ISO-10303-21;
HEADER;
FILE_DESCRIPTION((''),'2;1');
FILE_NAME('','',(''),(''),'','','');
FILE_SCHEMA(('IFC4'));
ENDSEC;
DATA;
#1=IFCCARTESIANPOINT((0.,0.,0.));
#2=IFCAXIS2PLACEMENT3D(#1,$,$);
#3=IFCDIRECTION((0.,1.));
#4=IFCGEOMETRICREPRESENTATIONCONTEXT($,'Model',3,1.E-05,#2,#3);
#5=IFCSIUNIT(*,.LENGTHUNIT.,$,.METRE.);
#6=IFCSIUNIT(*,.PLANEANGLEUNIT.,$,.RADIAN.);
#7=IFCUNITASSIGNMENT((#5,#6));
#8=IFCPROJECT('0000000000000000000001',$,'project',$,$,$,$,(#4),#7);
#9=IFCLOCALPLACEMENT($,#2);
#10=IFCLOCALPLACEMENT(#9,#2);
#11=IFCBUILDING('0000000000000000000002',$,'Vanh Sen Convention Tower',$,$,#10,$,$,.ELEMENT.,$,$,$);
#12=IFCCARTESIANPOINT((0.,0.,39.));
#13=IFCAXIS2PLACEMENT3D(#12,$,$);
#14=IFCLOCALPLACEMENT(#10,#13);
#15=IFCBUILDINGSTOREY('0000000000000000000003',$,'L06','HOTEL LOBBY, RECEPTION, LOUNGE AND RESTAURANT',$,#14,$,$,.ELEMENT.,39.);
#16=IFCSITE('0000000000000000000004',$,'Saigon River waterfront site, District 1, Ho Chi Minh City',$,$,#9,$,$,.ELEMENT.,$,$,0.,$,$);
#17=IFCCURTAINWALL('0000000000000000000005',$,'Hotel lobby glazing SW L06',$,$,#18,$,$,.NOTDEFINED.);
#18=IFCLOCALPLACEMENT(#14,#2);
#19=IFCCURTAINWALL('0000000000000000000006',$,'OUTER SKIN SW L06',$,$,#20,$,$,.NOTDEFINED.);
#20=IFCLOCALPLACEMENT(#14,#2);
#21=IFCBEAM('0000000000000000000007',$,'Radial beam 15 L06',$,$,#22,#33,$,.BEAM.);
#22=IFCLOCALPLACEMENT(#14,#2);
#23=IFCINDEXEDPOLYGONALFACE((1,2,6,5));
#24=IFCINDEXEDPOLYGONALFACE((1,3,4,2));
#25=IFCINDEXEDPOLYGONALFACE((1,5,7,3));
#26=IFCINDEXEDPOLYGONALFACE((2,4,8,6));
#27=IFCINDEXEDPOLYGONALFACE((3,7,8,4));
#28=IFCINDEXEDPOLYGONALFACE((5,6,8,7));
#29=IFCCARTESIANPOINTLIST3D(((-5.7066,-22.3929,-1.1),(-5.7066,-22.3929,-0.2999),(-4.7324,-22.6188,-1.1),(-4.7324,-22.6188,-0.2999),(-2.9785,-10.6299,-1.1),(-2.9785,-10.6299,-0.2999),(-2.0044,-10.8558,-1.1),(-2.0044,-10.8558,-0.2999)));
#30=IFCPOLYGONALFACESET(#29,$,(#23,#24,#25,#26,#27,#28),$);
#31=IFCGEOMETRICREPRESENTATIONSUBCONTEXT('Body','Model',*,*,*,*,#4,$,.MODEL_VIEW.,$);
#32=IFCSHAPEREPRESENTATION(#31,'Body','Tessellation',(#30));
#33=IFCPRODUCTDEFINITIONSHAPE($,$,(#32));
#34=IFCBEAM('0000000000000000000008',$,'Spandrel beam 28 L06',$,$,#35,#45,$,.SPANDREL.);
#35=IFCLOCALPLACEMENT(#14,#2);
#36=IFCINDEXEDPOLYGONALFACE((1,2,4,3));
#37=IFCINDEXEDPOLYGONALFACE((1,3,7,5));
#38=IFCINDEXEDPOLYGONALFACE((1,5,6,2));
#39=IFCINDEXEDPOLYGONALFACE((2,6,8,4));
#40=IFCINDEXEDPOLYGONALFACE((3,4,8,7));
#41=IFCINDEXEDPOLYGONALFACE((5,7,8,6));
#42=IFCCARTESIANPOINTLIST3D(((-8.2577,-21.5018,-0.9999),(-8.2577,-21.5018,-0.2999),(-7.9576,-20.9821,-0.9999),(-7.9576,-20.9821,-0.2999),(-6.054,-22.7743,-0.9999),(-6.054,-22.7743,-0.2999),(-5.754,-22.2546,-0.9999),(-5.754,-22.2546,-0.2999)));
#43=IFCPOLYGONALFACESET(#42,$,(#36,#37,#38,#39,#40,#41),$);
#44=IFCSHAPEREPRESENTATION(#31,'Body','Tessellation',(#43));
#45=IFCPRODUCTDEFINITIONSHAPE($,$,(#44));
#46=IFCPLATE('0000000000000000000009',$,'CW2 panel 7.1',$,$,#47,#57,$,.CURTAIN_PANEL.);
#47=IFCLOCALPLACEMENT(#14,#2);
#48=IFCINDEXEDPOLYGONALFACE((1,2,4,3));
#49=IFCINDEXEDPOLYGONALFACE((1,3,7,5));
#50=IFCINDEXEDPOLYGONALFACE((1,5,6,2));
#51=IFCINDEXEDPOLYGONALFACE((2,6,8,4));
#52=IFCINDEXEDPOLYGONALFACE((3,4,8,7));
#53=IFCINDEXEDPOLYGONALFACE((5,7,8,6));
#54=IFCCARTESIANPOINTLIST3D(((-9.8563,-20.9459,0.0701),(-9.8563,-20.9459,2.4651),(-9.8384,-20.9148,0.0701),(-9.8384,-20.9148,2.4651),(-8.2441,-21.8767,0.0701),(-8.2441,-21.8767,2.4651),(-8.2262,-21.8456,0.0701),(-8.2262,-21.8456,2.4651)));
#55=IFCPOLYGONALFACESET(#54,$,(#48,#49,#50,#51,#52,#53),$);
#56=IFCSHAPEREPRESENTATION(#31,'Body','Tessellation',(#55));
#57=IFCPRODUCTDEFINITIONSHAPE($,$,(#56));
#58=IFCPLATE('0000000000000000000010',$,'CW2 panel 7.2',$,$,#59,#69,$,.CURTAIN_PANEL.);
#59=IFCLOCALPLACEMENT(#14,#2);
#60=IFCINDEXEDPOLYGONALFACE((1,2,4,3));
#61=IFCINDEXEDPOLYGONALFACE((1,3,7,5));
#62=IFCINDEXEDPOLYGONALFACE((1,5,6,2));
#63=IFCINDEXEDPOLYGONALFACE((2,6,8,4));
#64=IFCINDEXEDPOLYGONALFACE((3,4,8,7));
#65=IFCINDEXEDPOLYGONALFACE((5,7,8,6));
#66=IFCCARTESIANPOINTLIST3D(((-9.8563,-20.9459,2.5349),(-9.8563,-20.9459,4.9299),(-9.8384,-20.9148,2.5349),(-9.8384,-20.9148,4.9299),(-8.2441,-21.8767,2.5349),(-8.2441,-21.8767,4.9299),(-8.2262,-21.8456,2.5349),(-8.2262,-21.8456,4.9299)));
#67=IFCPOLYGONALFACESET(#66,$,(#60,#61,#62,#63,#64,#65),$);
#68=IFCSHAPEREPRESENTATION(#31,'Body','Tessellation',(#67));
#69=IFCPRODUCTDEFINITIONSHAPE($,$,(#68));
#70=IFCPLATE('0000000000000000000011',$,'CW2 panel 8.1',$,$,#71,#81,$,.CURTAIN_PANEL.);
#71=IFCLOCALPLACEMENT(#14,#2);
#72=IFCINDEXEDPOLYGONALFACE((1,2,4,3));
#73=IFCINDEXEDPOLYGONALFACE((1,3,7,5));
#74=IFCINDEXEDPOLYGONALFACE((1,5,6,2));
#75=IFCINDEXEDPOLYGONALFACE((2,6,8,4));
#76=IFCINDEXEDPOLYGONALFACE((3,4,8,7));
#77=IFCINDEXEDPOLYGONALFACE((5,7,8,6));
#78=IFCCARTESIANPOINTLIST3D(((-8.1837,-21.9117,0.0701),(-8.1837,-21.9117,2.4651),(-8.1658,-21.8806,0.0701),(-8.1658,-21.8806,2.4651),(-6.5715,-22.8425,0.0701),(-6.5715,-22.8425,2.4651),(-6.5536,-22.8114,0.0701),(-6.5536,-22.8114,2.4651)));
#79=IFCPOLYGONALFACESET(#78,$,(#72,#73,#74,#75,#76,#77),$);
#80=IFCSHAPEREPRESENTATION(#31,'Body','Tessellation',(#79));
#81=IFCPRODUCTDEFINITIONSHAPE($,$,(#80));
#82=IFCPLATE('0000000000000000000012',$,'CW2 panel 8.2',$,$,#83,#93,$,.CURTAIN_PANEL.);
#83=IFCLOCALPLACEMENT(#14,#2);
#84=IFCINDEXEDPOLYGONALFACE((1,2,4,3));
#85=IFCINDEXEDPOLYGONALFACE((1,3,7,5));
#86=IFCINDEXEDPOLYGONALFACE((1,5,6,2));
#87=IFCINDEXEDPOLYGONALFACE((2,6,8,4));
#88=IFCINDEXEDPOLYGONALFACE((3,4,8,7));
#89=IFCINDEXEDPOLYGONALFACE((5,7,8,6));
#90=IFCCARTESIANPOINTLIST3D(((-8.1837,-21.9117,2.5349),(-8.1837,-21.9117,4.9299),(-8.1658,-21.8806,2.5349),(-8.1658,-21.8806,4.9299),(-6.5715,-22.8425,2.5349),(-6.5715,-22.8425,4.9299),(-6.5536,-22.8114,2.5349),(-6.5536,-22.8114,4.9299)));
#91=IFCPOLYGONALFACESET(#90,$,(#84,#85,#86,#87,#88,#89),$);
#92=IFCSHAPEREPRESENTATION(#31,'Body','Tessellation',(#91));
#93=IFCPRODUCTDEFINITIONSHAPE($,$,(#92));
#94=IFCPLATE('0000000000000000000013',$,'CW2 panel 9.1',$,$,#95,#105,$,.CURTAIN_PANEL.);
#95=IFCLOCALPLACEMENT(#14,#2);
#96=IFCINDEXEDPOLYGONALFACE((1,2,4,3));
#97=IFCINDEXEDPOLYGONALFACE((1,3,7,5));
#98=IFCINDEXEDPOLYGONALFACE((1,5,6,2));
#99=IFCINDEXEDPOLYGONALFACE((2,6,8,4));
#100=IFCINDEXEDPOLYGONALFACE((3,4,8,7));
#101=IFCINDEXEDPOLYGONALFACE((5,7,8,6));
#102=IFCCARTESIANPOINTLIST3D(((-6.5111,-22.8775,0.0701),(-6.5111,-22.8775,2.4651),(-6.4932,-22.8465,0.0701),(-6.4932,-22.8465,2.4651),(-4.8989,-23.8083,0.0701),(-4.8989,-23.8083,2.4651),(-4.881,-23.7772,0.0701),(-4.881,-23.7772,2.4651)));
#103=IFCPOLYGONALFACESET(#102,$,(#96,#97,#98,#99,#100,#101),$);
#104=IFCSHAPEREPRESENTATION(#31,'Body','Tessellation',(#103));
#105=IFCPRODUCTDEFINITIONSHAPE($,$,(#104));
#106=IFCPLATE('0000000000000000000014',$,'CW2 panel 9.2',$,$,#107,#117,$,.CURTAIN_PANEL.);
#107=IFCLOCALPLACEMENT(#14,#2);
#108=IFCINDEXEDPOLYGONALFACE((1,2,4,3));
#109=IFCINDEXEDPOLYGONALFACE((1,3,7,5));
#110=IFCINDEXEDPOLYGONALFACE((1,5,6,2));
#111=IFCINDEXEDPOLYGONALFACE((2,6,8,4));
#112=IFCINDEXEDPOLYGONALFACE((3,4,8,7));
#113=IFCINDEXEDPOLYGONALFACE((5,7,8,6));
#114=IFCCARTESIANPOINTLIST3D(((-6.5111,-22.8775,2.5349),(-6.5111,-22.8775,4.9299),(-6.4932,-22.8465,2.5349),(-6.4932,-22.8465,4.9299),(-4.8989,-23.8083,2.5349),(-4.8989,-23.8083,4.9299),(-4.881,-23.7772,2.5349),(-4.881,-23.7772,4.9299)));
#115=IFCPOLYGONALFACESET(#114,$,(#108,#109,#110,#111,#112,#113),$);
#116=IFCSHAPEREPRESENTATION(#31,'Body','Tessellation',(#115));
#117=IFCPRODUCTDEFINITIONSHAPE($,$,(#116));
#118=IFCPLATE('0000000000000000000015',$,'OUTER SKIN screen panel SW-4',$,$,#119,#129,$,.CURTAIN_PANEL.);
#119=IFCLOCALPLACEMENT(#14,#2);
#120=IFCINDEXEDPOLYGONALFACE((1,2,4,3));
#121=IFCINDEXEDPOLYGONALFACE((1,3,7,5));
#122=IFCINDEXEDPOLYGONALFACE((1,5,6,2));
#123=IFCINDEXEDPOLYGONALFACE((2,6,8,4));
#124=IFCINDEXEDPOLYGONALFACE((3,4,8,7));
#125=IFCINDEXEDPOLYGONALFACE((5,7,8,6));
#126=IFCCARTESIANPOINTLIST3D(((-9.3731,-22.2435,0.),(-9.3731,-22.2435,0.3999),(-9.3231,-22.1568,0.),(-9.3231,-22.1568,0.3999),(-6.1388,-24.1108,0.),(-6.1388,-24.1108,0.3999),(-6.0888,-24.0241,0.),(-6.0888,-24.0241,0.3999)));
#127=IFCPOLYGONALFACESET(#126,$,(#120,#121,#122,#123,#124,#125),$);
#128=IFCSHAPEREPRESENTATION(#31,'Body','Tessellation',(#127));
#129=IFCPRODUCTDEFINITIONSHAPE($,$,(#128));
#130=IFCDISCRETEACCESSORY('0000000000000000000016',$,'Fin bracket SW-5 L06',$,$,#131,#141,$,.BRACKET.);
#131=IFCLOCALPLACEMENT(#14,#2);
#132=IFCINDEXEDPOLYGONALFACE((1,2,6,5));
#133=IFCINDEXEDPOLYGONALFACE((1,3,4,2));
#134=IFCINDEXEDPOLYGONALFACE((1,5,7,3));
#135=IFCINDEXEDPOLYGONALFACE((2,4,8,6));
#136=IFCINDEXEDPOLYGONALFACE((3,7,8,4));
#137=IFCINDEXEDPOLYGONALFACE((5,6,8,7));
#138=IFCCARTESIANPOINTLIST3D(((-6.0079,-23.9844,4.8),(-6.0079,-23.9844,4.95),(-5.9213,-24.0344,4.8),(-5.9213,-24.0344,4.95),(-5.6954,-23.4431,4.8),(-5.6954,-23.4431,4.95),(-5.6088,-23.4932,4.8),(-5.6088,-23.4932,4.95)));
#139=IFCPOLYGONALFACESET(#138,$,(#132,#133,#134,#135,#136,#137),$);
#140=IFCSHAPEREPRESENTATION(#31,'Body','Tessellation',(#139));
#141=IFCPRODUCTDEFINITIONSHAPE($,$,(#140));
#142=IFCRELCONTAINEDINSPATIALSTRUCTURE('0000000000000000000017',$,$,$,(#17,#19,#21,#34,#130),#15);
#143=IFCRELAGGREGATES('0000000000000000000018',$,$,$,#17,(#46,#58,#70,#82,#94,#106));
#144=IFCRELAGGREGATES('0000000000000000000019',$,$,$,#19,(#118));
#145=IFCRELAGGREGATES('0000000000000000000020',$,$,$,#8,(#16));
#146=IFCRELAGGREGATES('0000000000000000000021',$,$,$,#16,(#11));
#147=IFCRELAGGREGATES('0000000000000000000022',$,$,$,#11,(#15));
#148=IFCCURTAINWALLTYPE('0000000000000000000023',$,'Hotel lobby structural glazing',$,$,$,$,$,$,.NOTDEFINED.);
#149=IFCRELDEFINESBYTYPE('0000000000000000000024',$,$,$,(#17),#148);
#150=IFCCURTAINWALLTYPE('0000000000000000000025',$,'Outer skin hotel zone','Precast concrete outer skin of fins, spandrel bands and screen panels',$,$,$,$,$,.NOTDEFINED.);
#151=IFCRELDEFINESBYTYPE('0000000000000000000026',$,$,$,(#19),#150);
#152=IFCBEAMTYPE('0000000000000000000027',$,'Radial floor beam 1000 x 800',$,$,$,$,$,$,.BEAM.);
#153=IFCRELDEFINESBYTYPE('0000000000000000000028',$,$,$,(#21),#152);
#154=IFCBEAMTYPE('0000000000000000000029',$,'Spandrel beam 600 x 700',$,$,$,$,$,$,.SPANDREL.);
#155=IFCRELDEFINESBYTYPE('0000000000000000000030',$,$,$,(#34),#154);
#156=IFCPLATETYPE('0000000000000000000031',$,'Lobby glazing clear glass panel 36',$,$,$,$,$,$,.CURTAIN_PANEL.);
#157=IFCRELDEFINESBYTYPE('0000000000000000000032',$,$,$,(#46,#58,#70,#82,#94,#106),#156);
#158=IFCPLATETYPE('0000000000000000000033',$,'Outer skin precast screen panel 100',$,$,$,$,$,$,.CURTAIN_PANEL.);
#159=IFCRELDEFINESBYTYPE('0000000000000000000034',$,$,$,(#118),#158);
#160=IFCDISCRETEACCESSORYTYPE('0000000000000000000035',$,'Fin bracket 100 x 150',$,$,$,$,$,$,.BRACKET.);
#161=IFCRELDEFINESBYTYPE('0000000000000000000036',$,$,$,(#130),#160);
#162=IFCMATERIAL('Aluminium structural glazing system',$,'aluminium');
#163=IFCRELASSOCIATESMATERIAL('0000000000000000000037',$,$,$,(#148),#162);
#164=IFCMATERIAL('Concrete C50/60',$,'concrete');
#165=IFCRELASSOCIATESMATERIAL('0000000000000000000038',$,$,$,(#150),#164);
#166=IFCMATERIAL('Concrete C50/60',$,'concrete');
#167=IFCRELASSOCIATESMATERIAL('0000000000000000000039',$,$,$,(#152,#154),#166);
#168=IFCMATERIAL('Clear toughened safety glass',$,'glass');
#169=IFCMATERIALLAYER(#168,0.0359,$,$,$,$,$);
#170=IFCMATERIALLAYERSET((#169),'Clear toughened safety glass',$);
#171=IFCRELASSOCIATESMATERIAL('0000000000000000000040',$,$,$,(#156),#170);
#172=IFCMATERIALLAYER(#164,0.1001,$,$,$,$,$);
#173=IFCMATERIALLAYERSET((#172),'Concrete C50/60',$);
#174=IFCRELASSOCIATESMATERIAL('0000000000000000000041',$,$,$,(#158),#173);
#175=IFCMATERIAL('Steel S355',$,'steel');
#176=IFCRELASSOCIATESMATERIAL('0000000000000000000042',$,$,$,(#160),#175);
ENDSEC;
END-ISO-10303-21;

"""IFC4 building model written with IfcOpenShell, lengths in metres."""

from ifc_helpers import new_model, si_unit, direction, frame, origin, origin_2d, place, context, subcontext, project, spatial, rectangle, extrude, material, layer, layer_set, material_profile, profile_set, type_object, element, aggregate, save


model = new_model("IFC4")

# Units and contexts
model_context = context("Model", 3, precision=1e-05, world=origin(), true_north=direction((0.0, 1.0)))
body_context = subcontext(model_context, "Body", "Model", "MODEL_VIEW")
ifc_project = project(units=[si_unit("LENGTHUNIT", "METRE"), si_unit("PLANEANGLEUNIT", "RADIAN")], contexts=[model_context])

# Site, building, storey
site_placement = place(None, origin())
site = spatial("IfcSite", under=ifc_project, at=site_placement, Name="Saigon River waterfront site, District 1, Ho Chi Minh City", CompositionType="ELEMENT", RefElevation=0.0)
building_placement = place(site_placement, origin())
building = spatial("IfcBuilding", under=site, at=building_placement, Name="Vanh Sen Convention Tower", CompositionType="ELEMENT")
storey_placement = place(building_placement, frame((0.0, 0.0, 39.0)))
storey = spatial("IfcBuildingStorey", under=building, at=storey_placement, Name="L06", Description="HOTEL LOBBY, RECEPTION, LOUNGE AND RESTAURANT", CompositionType="ELEMENT", Elevation=39.0)

# Curtain walls
ifc_material_1 = material(Name="Aluminium structural glazing system", Category="aluminium")
curtain_wall_type_1 = type_object("IfcCurtainWallType", Name="Hotel lobby structural glazing", PredefinedType="NOTDEFINED", material=ifc_material_1)
curtain_wall_1_placement = place(storey_placement, origin())
curtain_wall_1 = element("IfcCurtainWall", 1, at=curtain_wall_1_placement, inside=storey, type_object=curtain_wall_type_1, Name="Hotel lobby glazing SW L06", PredefinedType="NOTDEFINED")
ifc_material_2 = material(Name="Concrete C50/60", Category="concrete")
curtain_wall_type_2 = type_object("IfcCurtainWallType", Name="Outer skin hotel zone", Description="Precast concrete outer skin of fins, spandrel bands and screen panels", PredefinedType="NOTDEFINED", material=ifc_material_2)
curtain_wall_2_placement = place(storey_placement, origin())
curtain_wall_2 = element("IfcCurtainWall", 2, at=curtain_wall_2_placement, inside=storey, type_object=curtain_wall_type_2, Name="OUTER SKIN SW L06", PredefinedType="NOTDEFINED")

# Beams
ifc_material_3 = material(Name="Concrete C50/60", Category="concrete")
ifc_material_profile_1 = material_profile(ifc_material_3, rectangle(XDim=1.0, YDim=0.8, at=origin_2d()), Name="RC 1000X800")
ifc_profile_set_1 = profile_set([ifc_material_profile_1], Name="Concrete C50/60")
beam_type_1 = type_object("IfcBeamType", Name="Radial floor beam 1000 x 800", PredefinedType="BEAM", material=ifc_profile_set_1)
beam_1_placement = place(storey_placement, frame((-5.2195, -22.5059, -0.7), z_axis=(0.225921, 0.974146, 0.0), x_axis=(-0.974146, 0.225921, 0.0)))
element("IfcBeam", 3, at=beam_1_placement, inside=storey, type_object=beam_type_1, Name="Radial beam 15 L06", PredefinedType="BEAM", context=body_context, shape_type="SweptSolid", body=[
    extrude(rectangle(XDim=1.0, YDim=0.8, at=origin_2d()), origin(), (0.0, 0.0, 1.0), 12.0752),
])
ifc_material_profile_2 = material_profile(ifc_material_3, rectangle(XDim=0.6001, YDim=0.7, at=origin_2d()), Name="RC 600X700")
ifc_profile_set_2 = profile_set([ifc_material_profile_2], Name="Concrete C50/60")
beam_type_2 = type_object("IfcBeamType", Name="Spandrel beam 600 x 700", PredefinedType="SPANDREL", material=ifc_profile_set_2)
beam_2_placement = place(storey_placement, frame((-8.1077, -21.2419, -0.6499), z_axis=(0.865991, -0.50006, 0.0), x_axis=(0.50006, 0.865991, 0.0)))
element("IfcBeam", 4, at=beam_2_placement, inside=storey, type_object=beam_type_2, Name="Spandrel beam 28 L06", PredefinedType="SPANDREL", context=body_context, shape_type="SweptSolid", body=[
    extrude(rectangle(XDim=0.6001, YDim=0.7, at=origin_2d()), origin(), (0.0, 0.0, 1.0), 2.5447),
])

# Plates
ifc_material_4 = material(Name="Clear toughened safety glass", Category="glass")
ifc_layer_1 = layer(ifc_material_4, 0.0359)
ifc_layer_set_1 = layer_set([ifc_layer_1], Name="Clear toughened safety glass")
plate_type_1 = type_object("IfcPlateType", Name="Lobby glazing clear glass panel 36", PredefinedType="CURTAIN_PANEL", material=ifc_layer_set_1)
plate_1_placement = place(storey_placement, frame((-9.0413, -21.3958, 0.0701), z_axis=(0.0, 0.0, 1.0), x_axis=(0.866027, -0.499997, 0.0)))
plate_1 = element("IfcPlate", 5, at=plate_1_placement, type_object=plate_type_1, Name="CW2 panel 7.1", PredefinedType="CURTAIN_PANEL", context=body_context, shape_type="SweptSolid", body=[
    extrude(rectangle(XDim=1.8616, YDim=0.0359, at=origin_2d()), origin(), (0.0, 0.0, 1.0), 2.395),
])
plate_2_placement = place(storey_placement, frame((-9.0413, -21.3958, 2.5349), z_axis=(0.0, 0.0, 1.0), x_axis=(0.866027, -0.499997, 0.0)))
plate_2 = element("IfcPlate", 6, at=plate_2_placement, type_object=plate_type_1, Name="CW2 panel 7.2", PredefinedType="CURTAIN_PANEL", context=body_context, shape_type="SweptSolid", body=[
    extrude(rectangle(XDim=1.8616, YDim=0.0359, at=origin_2d()), origin(), (0.0, 0.0, 1.0), 2.395),
])
plate_3_placement = place(storey_placement, frame((-7.3687, -22.3616, 0.0701), z_axis=(0.0, 0.0, 1.0), x_axis=(0.866027, -0.499997, 0.0)))
plate_3 = element("IfcPlate", 7, at=plate_3_placement, type_object=plate_type_1, Name="CW2 panel 8.1", PredefinedType="CURTAIN_PANEL", context=body_context, shape_type="SweptSolid", body=[
    extrude(rectangle(XDim=1.8616, YDim=0.0359, at=origin_2d()), origin(), (0.0, 0.0, 1.0), 2.395),
])
plate_4_placement = place(storey_placement, frame((-7.3687, -22.3616, 2.5349), z_axis=(0.0, 0.0, 1.0), x_axis=(0.866027, -0.499997, 0.0)))
plate_4 = element("IfcPlate", 8, at=plate_4_placement, type_object=plate_type_1, Name="CW2 panel 8.2", PredefinedType="CURTAIN_PANEL", context=body_context, shape_type="SweptSolid", body=[
    extrude(rectangle(XDim=1.8616, YDim=0.0359, at=origin_2d()), origin(), (0.0, 0.0, 1.0), 2.395),
])
plate_5_placement = place(storey_placement, frame((-5.696, -23.3274, 0.0701), z_axis=(0.0, 0.0, 1.0), x_axis=(0.866027, -0.499997, 0.0)))
plate_5 = element("IfcPlate", 9, at=plate_5_placement, type_object=plate_type_1, Name="CW2 panel 9.1", PredefinedType="CURTAIN_PANEL", context=body_context, shape_type="SweptSolid", body=[
    extrude(rectangle(XDim=1.8616, YDim=0.0359, at=origin_2d()), origin(), (0.0, 0.0, 1.0), 2.395),
])
plate_6_placement = place(storey_placement, frame((-5.696, -23.3274, 2.5349), z_axis=(0.0, 0.0, 1.0), x_axis=(0.866027, -0.499997, 0.0)))
plate_6 = element("IfcPlate", 10, at=plate_6_placement, type_object=plate_type_1, Name="CW2 panel 9.2", PredefinedType="CURTAIN_PANEL", context=body_context, shape_type="SweptSolid", body=[
    extrude(rectangle(XDim=1.8616, YDim=0.0359, at=origin_2d()), origin(), (0.0, 0.0, 1.0), 2.395),
])
aggregate(curtain_wall_1, [plate_1, plate_2, plate_3, plate_4, plate_5, plate_6])
ifc_layer_2 = layer(ifc_material_2, 0.1001)
ifc_layer_set_2 = layer_set([ifc_layer_2], Name="Concrete C50/60")
plate_type_2 = type_object("IfcPlateType", Name="Outer skin precast screen panel 100", PredefinedType="CURTAIN_PANEL", material=ifc_layer_set_2)
plate_7_placement = place(storey_placement, frame((-7.731, -23.1338, 0.0), z_axis=(0.0, 0.0, 1.0), x_axis=(0.866028, -0.499995, 0.0)))
plate_7 = element("IfcPlate", 11, at=plate_7_placement, type_object=plate_type_2, Name="OUTER SKIN screen panel SW-4", PredefinedType="CURTAIN_PANEL", context=body_context, shape_type="SweptSolid", body=[
    extrude(rectangle(XDim=3.7346, YDim=0.1001, at=origin_2d()), origin(), (0.0, 0.0, 1.0), 0.3999),
])
aggregate(curtain_wall_2, [plate_7])

# Discrete accessory
ifc_material_5 = material(Name="Steel S355", Category="steel")
discrete_accessory_type = type_object("IfcDiscreteAccessoryType", Name="Fin bracket 100 x 150", PredefinedType="BRACKET", material=ifc_material_5)
discrete_accessory_placement = place(storey_placement, frame((-5.8083, -23.7388, 4.8), z_axis=(0.0, 0.0, 1.0), x_axis=(-0.5, -0.866025, 0.0)))
element("IfcDiscreteAccessory", 12, at=discrete_accessory_placement, inside=storey, type_object=discrete_accessory_type, Name="Fin bracket SW-5 L06", PredefinedType="BRACKET", context=body_context, shape_type="SweptSolid", body=[
    extrude(rectangle(XDim=0.625, YDim=0.1001, at=origin_2d()), origin(), (0.0, 0.0, 1.0), 0.1499),
])

save(model, "model.ifc")
